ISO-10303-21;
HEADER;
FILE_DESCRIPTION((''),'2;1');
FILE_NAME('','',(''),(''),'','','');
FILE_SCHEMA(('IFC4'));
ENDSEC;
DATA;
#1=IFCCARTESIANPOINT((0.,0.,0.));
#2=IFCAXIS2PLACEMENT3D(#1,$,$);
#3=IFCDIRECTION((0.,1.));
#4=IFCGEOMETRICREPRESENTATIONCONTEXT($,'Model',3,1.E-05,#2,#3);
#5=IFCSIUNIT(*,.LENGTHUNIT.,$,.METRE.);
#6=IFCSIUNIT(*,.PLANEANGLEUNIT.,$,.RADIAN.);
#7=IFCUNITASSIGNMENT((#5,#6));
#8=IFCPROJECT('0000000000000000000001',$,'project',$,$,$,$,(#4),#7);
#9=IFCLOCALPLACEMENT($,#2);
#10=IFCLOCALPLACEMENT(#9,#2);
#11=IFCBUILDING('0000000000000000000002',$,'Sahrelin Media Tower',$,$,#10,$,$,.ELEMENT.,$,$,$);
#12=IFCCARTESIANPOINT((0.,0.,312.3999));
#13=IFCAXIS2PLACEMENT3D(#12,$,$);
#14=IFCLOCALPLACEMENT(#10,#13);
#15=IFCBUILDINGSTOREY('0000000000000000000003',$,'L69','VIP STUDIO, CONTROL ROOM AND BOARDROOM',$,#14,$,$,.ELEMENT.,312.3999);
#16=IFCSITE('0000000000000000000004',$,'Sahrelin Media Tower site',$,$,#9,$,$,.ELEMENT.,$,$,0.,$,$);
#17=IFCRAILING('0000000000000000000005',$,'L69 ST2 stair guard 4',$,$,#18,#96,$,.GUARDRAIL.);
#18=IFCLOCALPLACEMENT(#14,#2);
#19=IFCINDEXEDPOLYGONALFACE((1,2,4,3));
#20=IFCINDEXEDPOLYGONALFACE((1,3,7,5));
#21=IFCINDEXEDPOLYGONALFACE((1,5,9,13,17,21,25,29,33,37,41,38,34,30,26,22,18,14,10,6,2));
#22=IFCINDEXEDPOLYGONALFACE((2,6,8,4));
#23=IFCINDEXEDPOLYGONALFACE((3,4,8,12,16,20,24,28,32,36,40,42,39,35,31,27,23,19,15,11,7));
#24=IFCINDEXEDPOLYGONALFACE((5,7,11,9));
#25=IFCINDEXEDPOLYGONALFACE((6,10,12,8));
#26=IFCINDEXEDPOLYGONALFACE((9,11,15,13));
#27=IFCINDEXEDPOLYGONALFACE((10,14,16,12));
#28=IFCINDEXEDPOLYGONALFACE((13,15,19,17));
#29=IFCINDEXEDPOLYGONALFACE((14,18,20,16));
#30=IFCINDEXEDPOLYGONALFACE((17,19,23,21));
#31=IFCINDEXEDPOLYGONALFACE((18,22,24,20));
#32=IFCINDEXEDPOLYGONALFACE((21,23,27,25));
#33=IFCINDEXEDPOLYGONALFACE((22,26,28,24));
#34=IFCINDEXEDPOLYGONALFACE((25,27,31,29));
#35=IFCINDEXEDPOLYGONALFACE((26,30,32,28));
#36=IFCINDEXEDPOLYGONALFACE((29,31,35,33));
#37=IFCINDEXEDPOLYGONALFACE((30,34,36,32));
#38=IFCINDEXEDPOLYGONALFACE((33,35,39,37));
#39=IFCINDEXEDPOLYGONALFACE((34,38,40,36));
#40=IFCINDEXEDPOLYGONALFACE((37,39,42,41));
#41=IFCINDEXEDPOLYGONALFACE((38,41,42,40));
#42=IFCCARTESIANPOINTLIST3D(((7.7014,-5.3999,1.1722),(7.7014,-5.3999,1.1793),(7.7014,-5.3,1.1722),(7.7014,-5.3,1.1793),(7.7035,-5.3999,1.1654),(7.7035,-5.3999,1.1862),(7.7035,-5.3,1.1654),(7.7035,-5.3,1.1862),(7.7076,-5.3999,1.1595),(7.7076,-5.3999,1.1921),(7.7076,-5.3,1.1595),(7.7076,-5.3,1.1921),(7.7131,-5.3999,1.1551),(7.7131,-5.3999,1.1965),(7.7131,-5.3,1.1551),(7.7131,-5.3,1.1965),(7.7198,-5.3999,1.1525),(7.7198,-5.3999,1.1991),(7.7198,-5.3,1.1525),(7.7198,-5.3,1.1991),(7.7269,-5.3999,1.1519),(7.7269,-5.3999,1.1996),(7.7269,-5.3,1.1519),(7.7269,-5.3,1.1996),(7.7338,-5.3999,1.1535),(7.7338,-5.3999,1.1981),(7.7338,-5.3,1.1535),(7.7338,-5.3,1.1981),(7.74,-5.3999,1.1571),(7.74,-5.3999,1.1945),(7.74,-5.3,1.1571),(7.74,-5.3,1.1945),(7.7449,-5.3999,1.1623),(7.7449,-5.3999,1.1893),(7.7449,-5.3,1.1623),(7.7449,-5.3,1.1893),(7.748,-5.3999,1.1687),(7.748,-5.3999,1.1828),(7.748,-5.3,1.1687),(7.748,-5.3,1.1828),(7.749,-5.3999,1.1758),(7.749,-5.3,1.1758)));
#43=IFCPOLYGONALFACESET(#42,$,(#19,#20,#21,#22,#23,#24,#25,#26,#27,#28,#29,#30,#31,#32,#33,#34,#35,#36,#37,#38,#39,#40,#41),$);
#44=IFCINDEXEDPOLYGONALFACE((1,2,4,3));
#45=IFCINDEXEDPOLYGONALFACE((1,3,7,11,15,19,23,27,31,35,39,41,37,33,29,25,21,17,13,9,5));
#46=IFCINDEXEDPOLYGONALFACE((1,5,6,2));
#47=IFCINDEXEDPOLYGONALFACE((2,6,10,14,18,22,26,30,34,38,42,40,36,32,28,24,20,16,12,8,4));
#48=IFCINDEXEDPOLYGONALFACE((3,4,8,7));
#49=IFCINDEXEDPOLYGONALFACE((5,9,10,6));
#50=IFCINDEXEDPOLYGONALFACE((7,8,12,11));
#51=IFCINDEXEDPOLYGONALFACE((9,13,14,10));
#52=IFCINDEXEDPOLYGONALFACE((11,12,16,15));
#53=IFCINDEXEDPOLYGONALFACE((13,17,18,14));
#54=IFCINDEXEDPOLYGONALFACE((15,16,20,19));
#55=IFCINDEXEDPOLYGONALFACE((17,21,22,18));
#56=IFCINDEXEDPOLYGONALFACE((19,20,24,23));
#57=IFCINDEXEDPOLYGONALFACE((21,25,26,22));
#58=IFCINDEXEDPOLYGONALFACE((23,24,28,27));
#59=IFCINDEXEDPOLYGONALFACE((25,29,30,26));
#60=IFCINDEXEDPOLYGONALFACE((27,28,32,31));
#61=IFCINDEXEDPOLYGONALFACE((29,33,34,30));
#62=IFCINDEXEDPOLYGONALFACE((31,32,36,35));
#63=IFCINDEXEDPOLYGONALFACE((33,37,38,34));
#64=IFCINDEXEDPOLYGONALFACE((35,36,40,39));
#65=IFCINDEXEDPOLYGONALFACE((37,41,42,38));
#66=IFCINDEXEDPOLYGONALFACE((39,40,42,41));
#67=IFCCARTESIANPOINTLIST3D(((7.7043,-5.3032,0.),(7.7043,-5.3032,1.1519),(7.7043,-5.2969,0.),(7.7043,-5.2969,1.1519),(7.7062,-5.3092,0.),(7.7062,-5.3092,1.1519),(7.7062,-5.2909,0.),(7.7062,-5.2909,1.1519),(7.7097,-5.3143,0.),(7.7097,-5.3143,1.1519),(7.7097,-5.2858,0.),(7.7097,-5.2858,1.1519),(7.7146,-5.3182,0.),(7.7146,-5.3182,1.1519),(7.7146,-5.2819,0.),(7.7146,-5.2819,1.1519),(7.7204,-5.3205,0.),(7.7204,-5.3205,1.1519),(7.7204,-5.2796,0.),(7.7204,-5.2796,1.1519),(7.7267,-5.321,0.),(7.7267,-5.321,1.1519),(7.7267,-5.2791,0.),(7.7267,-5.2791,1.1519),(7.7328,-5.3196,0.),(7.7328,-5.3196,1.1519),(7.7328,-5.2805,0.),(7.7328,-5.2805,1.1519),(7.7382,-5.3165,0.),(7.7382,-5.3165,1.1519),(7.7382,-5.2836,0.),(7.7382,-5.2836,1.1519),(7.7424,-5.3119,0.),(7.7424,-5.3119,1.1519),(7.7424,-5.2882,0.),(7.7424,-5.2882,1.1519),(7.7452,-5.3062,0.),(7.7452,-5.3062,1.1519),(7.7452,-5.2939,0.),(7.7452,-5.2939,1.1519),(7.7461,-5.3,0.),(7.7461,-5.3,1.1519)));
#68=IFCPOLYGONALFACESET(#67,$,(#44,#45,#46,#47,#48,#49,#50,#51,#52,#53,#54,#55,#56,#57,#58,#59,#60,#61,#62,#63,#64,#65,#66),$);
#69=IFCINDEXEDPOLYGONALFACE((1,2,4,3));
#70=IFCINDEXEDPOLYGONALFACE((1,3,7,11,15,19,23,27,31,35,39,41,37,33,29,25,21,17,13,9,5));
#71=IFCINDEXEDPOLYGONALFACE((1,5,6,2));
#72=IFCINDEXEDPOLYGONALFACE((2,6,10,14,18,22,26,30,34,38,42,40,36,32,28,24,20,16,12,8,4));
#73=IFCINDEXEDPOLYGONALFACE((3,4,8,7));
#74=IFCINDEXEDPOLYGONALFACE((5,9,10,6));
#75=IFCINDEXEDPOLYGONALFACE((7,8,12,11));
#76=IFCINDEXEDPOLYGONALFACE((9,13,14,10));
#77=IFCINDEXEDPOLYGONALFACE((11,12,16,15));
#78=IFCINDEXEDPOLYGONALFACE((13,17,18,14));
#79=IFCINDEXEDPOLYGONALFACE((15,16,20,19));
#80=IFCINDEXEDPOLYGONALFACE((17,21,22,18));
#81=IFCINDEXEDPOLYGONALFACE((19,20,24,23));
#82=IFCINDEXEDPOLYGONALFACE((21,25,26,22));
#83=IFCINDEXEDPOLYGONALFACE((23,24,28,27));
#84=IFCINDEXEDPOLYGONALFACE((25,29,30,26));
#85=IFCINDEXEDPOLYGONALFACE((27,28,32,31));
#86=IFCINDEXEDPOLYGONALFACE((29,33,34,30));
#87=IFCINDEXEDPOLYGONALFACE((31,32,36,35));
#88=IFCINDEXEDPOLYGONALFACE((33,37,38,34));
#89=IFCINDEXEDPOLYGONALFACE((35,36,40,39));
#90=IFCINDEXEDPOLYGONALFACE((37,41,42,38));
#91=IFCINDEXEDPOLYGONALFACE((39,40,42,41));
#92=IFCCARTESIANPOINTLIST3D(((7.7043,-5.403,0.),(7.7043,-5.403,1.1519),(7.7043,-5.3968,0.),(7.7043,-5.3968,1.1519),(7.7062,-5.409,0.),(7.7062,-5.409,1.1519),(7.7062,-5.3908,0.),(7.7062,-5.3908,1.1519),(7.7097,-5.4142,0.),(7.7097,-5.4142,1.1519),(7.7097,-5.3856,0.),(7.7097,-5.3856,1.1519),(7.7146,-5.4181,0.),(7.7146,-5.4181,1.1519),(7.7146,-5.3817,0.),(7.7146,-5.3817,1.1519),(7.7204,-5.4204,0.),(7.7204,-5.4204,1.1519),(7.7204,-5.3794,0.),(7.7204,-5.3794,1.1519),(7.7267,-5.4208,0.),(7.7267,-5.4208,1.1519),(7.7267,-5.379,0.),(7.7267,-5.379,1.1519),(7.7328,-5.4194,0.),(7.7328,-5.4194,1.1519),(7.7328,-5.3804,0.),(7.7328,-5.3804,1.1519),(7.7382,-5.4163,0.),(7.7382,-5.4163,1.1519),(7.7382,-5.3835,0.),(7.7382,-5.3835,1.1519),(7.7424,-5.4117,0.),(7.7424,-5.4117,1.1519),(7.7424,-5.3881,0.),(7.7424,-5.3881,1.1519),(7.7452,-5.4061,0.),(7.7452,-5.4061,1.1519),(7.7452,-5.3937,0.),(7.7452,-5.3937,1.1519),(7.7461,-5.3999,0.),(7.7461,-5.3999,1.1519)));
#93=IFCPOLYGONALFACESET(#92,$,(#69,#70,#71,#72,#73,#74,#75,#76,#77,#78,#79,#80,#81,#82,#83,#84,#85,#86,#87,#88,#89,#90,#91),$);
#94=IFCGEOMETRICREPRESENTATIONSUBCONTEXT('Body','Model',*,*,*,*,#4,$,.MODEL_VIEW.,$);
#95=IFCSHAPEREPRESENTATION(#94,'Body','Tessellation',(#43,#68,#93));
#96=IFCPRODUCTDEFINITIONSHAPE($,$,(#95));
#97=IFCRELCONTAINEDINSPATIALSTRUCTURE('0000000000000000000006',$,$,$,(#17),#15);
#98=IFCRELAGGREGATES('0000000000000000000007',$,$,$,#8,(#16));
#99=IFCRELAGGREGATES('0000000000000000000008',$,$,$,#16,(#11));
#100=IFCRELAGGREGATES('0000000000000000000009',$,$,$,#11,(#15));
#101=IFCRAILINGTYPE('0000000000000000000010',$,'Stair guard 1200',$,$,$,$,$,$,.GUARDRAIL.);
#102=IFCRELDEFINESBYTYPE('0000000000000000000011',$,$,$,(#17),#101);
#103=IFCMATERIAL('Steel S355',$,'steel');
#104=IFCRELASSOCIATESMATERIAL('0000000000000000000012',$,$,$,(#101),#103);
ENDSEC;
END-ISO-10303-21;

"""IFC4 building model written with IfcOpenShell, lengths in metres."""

from ifc_helpers import new_model, si_unit, direction, frame, origin, origin_2d, place, context, subcontext, project, spatial, circle, extrude, material, type_object, element, save


model = new_model("IFC4")

# Units and contexts
model_context = context("Model", 3, precision=1e-05, world=origin(), true_north=direction((0.0, 1.0)))
body_context = subcontext(model_context, "Body", "Model", "MODEL_VIEW")
ifc_project = project(units=[si_unit("LENGTHUNIT", "METRE"), si_unit("PLANEANGLEUNIT", "RADIAN")], contexts=[model_context])

# Site, building, storey
site_placement = place(None, origin())
site = spatial("IfcSite", under=ifc_project, at=site_placement, Name="Sahrelin Media Tower site", CompositionType="ELEMENT", RefElevation=0.0)
building_placement = place(site_placement, origin())
building = spatial("IfcBuilding", under=site, at=building_placement, Name="Sahrelin Media Tower", CompositionType="ELEMENT")
storey_placement = place(building_placement, frame((0.0, 0.0, 312.3999)))
storey = spatial("IfcBuildingStorey", under=building, at=storey_placement, Name="L69", Description="VIP STUDIO, CONTROL ROOM AND BOARDROOM", CompositionType="ELEMENT", Elevation=312.3999)

# Shared definitions
ifc_material_1 = material(Name="Steel S355", Category="steel")

# Railing
railing_type_1 = type_object("IfcRailingType", Name="Stair guard 1200", PredefinedType="GUARDRAIL", material=ifc_material_1)
railing_1_placement = place(storey_placement, frame((7.7251, -5.3, 0.0)))
element("IfcRailing", 1, at=railing_1_placement, inside=storey, type_object=railing_type_1, Name="L69 ST2 stair guard 4", PredefinedType="GUARDRAIL", context=body_context, shape_type="SweptSolid", body=[
    extrude(circle(Radius=0.0239, at=origin_2d()), frame((0.0, 0.0, 1.1758), z_axis=(0.0, -1.0, 0.0), x_axis=(1.0, 0.0, 0.0)), (0.0, 0.0, 1.0), 0.0999),
    extrude(circle(Radius=0.021, at=origin_2d()), origin(), (0.0, 0.0, 1.0), 1.1519),
    extrude(circle(Radius=0.021, at=origin_2d()), frame((0.0, -0.0999, 0.0)), (0.0, 0.0, 1.0), 1.1519),
])

save(model, "model.ifc")
